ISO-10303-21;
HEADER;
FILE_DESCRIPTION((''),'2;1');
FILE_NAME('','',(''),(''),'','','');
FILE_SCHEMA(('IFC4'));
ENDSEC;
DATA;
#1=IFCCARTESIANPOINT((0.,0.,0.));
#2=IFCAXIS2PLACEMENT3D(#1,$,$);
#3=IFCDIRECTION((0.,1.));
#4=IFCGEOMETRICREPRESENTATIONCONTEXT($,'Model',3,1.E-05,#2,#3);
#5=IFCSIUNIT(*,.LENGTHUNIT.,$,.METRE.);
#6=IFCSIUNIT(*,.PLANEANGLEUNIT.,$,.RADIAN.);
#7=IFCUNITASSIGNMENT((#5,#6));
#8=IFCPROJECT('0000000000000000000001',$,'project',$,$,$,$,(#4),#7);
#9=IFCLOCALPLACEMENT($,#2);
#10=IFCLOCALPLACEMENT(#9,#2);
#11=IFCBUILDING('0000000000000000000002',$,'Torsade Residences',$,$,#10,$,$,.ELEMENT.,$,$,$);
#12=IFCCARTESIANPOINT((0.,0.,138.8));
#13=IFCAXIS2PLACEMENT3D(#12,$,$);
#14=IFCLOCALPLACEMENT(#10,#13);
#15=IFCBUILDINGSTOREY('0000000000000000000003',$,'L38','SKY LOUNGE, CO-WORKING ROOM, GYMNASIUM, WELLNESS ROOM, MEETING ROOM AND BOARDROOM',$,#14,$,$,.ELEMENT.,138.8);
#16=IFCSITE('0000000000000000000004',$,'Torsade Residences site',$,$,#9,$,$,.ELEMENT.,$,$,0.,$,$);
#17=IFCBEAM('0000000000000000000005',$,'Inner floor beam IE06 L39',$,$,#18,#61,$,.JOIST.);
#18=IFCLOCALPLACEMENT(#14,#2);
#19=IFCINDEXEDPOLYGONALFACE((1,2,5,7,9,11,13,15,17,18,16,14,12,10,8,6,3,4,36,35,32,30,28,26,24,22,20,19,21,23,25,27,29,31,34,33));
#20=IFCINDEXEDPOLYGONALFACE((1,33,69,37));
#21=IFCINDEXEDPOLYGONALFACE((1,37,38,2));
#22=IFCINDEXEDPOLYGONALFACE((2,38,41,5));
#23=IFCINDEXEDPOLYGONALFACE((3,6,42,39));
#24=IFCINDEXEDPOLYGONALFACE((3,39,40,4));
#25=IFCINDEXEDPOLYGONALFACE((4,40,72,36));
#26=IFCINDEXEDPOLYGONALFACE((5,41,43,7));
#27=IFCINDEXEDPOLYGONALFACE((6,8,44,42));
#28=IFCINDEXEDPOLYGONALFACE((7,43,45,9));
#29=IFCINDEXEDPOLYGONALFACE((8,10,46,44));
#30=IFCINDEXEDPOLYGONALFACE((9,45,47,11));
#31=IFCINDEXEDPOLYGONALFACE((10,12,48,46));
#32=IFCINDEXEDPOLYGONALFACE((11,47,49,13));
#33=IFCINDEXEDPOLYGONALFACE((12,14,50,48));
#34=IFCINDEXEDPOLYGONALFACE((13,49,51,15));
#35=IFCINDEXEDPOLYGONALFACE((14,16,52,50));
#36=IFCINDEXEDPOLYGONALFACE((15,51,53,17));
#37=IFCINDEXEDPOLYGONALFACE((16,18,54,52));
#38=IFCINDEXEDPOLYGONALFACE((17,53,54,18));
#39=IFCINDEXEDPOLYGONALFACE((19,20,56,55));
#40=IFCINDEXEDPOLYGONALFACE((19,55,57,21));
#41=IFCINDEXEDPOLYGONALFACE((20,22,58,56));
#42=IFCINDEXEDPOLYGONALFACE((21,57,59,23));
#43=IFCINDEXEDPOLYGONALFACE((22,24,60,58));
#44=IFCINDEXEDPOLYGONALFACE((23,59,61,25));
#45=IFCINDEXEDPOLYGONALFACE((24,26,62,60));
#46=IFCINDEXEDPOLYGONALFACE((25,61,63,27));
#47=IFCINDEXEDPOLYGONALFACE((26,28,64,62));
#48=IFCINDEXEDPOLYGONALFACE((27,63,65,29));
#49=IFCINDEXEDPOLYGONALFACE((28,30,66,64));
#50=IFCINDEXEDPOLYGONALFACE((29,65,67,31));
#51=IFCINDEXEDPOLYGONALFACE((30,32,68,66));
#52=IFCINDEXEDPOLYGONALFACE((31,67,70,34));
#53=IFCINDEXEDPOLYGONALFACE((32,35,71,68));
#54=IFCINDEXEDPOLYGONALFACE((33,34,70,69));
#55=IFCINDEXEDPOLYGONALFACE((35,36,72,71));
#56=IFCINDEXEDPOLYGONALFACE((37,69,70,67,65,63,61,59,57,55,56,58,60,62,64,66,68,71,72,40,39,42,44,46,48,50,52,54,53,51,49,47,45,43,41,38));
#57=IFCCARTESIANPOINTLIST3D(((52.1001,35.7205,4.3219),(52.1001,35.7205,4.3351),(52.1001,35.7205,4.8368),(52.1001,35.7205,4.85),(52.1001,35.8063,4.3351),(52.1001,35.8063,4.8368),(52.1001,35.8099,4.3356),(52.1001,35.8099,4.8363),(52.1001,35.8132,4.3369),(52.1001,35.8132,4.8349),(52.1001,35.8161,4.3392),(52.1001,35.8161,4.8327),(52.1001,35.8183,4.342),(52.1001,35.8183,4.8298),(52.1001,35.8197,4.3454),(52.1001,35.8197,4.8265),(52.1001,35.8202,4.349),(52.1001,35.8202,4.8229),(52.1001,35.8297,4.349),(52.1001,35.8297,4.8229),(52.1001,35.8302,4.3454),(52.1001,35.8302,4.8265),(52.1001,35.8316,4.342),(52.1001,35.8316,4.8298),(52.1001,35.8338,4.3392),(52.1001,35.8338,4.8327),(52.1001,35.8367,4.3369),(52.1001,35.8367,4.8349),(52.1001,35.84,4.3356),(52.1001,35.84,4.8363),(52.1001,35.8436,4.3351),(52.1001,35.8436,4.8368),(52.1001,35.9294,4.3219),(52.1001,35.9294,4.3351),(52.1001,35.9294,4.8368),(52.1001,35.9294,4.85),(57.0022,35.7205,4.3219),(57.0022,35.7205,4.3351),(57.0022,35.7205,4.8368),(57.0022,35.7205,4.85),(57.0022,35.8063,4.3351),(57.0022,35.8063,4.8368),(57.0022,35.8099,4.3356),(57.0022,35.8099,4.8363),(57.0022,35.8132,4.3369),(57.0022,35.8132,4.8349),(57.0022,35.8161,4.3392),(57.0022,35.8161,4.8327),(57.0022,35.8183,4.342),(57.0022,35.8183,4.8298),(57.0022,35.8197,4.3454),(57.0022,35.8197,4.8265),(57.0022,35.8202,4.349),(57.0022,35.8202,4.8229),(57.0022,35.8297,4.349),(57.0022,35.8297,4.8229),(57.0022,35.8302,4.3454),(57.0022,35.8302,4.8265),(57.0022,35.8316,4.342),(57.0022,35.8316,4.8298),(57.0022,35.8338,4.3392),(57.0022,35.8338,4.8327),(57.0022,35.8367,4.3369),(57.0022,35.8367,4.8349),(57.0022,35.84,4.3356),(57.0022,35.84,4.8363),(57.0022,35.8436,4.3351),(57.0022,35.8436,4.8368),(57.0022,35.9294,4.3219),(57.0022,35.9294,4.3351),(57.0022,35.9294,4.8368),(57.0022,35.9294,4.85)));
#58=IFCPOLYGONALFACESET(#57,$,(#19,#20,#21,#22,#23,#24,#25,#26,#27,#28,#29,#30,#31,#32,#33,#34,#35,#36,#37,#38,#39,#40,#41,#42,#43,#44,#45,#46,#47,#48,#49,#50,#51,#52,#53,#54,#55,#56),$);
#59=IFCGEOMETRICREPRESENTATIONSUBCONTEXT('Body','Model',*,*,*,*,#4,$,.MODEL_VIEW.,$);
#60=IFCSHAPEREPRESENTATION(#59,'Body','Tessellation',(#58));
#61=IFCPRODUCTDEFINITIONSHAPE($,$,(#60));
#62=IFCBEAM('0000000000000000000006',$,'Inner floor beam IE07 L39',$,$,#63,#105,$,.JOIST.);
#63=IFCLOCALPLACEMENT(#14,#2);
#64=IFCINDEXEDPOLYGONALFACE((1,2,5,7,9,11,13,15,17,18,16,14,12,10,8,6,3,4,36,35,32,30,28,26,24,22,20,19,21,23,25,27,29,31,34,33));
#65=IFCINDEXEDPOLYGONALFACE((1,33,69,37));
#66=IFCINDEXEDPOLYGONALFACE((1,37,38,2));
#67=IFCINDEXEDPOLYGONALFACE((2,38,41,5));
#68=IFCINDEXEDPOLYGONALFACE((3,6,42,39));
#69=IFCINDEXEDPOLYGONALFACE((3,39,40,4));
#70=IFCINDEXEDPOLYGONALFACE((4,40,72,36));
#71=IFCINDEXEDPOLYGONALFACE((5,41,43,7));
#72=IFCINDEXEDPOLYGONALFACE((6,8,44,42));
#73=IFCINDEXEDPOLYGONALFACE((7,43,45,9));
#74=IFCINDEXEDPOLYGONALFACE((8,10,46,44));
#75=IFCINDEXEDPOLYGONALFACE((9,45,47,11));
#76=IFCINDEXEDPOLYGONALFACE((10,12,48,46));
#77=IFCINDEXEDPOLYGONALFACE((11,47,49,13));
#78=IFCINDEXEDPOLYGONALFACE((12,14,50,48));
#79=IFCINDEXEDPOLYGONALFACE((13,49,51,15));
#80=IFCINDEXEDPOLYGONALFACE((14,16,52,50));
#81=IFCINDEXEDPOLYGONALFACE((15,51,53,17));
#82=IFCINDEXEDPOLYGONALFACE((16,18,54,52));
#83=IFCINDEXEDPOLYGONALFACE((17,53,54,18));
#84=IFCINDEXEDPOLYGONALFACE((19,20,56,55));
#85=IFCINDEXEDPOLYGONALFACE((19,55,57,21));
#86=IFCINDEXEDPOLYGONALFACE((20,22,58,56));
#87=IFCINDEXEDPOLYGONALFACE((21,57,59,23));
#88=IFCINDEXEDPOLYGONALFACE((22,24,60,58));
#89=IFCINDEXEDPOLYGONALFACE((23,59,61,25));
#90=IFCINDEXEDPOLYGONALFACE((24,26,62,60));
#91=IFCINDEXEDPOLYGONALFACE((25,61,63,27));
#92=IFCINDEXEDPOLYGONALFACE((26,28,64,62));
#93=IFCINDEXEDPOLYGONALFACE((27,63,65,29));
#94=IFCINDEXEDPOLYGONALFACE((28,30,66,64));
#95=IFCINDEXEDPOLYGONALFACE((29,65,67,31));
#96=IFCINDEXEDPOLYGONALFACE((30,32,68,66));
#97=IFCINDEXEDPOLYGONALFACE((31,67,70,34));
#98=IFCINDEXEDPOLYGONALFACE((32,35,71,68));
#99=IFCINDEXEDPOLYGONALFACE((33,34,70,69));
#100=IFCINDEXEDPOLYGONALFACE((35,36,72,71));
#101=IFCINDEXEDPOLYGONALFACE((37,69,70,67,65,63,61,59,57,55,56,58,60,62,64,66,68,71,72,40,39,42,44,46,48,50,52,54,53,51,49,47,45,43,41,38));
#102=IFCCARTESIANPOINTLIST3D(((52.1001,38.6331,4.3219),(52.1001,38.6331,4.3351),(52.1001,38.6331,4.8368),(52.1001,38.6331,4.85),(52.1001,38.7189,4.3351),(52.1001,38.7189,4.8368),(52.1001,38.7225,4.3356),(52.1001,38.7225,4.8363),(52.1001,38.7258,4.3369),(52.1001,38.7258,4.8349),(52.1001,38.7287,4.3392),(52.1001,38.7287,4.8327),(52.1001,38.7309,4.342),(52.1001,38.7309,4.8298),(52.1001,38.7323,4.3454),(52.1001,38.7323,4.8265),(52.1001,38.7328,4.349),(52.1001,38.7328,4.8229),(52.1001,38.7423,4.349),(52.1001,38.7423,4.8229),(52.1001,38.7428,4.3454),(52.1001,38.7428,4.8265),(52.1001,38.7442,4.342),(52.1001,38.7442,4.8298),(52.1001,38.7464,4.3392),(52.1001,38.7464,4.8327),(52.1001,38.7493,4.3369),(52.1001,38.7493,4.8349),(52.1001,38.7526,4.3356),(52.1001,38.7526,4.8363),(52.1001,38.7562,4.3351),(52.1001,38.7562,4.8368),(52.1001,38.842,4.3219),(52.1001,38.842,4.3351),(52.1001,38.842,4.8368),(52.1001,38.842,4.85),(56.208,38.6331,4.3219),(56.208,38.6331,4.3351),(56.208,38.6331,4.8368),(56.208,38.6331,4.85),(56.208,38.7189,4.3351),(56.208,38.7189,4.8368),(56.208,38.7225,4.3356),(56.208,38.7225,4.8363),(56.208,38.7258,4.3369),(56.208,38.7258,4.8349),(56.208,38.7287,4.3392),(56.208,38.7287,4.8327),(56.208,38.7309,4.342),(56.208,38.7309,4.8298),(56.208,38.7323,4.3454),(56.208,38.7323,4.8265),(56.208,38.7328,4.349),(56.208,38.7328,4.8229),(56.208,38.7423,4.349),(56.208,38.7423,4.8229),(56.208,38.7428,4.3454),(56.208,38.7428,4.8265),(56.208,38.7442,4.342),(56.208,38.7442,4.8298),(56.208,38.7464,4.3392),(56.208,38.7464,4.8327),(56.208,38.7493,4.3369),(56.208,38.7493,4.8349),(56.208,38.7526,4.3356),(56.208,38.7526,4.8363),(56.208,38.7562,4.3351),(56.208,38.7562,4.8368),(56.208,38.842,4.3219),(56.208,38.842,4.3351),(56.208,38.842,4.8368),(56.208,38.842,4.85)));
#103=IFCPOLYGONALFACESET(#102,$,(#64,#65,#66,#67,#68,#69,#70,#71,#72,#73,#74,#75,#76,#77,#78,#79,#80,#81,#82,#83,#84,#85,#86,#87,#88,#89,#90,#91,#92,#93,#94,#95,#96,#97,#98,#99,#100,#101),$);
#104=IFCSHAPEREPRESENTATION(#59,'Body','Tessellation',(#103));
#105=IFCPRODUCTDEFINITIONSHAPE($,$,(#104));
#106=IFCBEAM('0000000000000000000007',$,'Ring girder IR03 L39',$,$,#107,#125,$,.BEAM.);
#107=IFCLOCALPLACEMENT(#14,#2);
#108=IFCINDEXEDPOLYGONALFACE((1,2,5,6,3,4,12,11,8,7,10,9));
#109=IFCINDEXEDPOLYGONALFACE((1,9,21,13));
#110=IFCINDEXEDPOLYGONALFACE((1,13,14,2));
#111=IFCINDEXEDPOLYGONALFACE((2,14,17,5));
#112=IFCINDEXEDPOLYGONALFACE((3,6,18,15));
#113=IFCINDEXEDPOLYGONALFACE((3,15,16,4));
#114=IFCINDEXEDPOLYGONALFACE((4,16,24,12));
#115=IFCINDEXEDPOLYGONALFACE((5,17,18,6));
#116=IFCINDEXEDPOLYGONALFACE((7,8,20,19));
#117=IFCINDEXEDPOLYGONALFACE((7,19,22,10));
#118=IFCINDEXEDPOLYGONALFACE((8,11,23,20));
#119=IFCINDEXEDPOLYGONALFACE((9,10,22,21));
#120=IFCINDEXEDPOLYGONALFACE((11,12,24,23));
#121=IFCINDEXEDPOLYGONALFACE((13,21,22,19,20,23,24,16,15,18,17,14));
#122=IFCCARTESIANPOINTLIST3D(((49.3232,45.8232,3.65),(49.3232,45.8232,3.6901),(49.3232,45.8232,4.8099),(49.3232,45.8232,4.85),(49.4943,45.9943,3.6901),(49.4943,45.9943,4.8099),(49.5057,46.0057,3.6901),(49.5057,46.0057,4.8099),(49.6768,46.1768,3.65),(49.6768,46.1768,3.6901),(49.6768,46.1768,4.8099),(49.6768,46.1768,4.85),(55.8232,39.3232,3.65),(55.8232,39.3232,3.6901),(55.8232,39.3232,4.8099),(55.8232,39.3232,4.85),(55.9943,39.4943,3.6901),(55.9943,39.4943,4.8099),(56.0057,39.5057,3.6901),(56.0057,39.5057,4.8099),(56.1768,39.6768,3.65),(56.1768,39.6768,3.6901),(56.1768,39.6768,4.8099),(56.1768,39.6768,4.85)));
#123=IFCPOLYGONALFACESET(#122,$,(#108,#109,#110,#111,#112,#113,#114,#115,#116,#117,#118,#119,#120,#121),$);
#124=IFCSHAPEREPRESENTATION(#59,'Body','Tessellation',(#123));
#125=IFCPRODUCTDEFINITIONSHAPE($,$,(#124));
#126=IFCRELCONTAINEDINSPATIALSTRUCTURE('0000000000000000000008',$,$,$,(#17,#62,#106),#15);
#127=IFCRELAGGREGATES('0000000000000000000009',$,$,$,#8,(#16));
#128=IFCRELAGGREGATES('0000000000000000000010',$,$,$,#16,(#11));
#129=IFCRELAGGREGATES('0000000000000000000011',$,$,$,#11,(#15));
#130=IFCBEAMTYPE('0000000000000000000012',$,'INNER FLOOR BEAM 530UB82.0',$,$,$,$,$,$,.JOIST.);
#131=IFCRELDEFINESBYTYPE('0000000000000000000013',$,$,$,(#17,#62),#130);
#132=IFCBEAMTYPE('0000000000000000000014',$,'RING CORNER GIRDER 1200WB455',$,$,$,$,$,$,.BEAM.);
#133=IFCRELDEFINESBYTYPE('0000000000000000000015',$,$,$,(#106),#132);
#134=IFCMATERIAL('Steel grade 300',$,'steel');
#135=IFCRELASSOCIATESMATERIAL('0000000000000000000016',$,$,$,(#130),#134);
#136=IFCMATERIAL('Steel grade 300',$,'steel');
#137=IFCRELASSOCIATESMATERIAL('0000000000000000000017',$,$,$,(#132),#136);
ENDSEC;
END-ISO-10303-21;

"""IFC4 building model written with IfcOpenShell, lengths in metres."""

from ifc_helpers import new_model, si_unit, direction, frame, origin, origin_2d, place, context, subcontext, project, spatial, i_section, extrude, material, material_profile, profile_set, type_object, element, save


model = new_model("IFC4")

# Units and contexts
model_context = context("Model", 3, precision=1e-05, world=origin(), true_north=direction((0.0, 1.0)))
body_context = subcontext(model_context, "Body", "Model", "MODEL_VIEW")
ifc_project = project(units=[si_unit("LENGTHUNIT", "METRE"), si_unit("PLANEANGLEUNIT", "RADIAN")], contexts=[model_context])

# Site, building, storey
site_placement = place(None, origin())
site = spatial("IfcSite", under=ifc_project, at=site_placement, Name="Torsade Residences site", CompositionType="ELEMENT", RefElevation=0.0)
building_placement = place(site_placement, origin())
building = spatial("IfcBuilding", under=site, at=building_placement, Name="Torsade Residences", CompositionType="ELEMENT")
storey_placement = place(building_placement, frame((0.0, 0.0, 138.8)))
storey = spatial("IfcBuildingStorey", under=building, at=storey_placement, Name="L38", Description="SKY LOUNGE, CO-WORKING ROOM, GYMNASIUM, WELLNESS ROOM, MEETING ROOM AND BOARDROOM", CompositionType="ELEMENT", Elevation=138.8)

# Beams
ifc_material_1 = material(Name="Steel grade 300", Category="steel")
ifc_material_profile_1 = material_profile(ifc_material_1, i_section(OverallWidth=0.209, OverallDepth=0.5281, WebThickness=0.0095, FlangeThickness=0.0132, FilletRadius=0.0139, at=origin_2d()), Name="530UB82.0")
ifc_profile_set_1 = profile_set([ifc_material_profile_1], Name="Steel grade 300")
beam_type_1 = type_object("IfcBeamType", Name="INNER FLOOR BEAM 530UB82.0", PredefinedType="JOIST", material=ifc_profile_set_1)
beam_1_placement = place(storey_placement, frame((52.1001, 35.825, 4.5859), z_axis=(1.0, 0.0, 0.0), x_axis=(0.0, 1.0, 0.0)))
element("IfcBeam", 1, at=beam_1_placement, inside=storey, type_object=beam_type_1, Name="Inner floor beam IE06 L39", PredefinedType="JOIST", context=body_context, shape_type="SweptSolid", body=[
    extrude(i_section(OverallWidth=0.209, OverallDepth=0.5281, WebThickness=0.0095, FlangeThickness=0.0132, FilletRadius=0.0139, at=origin_2d()), origin(), (0.0, 0.0, 1.0), 4.9021),
])
beam_2_placement = place(storey_placement, frame((52.1001, 38.7375, 4.5859), z_axis=(1.0, 0.0, 0.0), x_axis=(0.0, 1.0, 0.0)))
element("IfcBeam", 2, at=beam_2_placement, inside=storey, type_object=beam_type_1, Name="Inner floor beam IE07 L39", PredefinedType="JOIST", context=body_context, shape_type="SweptSolid", body=[
    extrude(i_section(OverallWidth=0.209, OverallDepth=0.5281, WebThickness=0.0095, FlangeThickness=0.0132, FilletRadius=0.0139, at=origin_2d()), origin(), (0.0, 0.0, 1.0), 4.1079),
])
ifc_material_2 = material(Name="Steel grade 300", Category="steel")
ifc_material_profile_2 = material_profile(ifc_material_2, i_section(OverallWidth=0.5, OverallDepth=1.2, WebThickness=0.0161, FlangeThickness=0.04, at=origin_2d()), Name="1200WB455")
ifc_profile_set_2 = profile_set([ifc_material_profile_2], Name="Steel grade 300")
beam_type_2 = type_object("IfcBeamType", Name="RING CORNER GIRDER 1200WB455", PredefinedType="BEAM", material=ifc_profile_set_2)
beam_3_placement = place(storey_placement, frame((56.0, 39.5, 4.25), z_axis=(-0.707107, 0.707107, 0.0), x_axis=(-0.707107, -0.707107, 0.0)))
element("IfcBeam", 3, at=beam_3_placement, inside=storey, type_object=beam_type_2, Name="Ring girder IR03 L39", PredefinedType="BEAM", context=body_context, shape_type="SweptSolid", body=[
    extrude(i_section(OverallWidth=0.5, OverallDepth=1.2, WebThickness=0.0161, FlangeThickness=0.04, at=origin_2d()), origin(), (0.0, 0.0, 1.0), 9.1924),
])

save(model, "model.ifc")
